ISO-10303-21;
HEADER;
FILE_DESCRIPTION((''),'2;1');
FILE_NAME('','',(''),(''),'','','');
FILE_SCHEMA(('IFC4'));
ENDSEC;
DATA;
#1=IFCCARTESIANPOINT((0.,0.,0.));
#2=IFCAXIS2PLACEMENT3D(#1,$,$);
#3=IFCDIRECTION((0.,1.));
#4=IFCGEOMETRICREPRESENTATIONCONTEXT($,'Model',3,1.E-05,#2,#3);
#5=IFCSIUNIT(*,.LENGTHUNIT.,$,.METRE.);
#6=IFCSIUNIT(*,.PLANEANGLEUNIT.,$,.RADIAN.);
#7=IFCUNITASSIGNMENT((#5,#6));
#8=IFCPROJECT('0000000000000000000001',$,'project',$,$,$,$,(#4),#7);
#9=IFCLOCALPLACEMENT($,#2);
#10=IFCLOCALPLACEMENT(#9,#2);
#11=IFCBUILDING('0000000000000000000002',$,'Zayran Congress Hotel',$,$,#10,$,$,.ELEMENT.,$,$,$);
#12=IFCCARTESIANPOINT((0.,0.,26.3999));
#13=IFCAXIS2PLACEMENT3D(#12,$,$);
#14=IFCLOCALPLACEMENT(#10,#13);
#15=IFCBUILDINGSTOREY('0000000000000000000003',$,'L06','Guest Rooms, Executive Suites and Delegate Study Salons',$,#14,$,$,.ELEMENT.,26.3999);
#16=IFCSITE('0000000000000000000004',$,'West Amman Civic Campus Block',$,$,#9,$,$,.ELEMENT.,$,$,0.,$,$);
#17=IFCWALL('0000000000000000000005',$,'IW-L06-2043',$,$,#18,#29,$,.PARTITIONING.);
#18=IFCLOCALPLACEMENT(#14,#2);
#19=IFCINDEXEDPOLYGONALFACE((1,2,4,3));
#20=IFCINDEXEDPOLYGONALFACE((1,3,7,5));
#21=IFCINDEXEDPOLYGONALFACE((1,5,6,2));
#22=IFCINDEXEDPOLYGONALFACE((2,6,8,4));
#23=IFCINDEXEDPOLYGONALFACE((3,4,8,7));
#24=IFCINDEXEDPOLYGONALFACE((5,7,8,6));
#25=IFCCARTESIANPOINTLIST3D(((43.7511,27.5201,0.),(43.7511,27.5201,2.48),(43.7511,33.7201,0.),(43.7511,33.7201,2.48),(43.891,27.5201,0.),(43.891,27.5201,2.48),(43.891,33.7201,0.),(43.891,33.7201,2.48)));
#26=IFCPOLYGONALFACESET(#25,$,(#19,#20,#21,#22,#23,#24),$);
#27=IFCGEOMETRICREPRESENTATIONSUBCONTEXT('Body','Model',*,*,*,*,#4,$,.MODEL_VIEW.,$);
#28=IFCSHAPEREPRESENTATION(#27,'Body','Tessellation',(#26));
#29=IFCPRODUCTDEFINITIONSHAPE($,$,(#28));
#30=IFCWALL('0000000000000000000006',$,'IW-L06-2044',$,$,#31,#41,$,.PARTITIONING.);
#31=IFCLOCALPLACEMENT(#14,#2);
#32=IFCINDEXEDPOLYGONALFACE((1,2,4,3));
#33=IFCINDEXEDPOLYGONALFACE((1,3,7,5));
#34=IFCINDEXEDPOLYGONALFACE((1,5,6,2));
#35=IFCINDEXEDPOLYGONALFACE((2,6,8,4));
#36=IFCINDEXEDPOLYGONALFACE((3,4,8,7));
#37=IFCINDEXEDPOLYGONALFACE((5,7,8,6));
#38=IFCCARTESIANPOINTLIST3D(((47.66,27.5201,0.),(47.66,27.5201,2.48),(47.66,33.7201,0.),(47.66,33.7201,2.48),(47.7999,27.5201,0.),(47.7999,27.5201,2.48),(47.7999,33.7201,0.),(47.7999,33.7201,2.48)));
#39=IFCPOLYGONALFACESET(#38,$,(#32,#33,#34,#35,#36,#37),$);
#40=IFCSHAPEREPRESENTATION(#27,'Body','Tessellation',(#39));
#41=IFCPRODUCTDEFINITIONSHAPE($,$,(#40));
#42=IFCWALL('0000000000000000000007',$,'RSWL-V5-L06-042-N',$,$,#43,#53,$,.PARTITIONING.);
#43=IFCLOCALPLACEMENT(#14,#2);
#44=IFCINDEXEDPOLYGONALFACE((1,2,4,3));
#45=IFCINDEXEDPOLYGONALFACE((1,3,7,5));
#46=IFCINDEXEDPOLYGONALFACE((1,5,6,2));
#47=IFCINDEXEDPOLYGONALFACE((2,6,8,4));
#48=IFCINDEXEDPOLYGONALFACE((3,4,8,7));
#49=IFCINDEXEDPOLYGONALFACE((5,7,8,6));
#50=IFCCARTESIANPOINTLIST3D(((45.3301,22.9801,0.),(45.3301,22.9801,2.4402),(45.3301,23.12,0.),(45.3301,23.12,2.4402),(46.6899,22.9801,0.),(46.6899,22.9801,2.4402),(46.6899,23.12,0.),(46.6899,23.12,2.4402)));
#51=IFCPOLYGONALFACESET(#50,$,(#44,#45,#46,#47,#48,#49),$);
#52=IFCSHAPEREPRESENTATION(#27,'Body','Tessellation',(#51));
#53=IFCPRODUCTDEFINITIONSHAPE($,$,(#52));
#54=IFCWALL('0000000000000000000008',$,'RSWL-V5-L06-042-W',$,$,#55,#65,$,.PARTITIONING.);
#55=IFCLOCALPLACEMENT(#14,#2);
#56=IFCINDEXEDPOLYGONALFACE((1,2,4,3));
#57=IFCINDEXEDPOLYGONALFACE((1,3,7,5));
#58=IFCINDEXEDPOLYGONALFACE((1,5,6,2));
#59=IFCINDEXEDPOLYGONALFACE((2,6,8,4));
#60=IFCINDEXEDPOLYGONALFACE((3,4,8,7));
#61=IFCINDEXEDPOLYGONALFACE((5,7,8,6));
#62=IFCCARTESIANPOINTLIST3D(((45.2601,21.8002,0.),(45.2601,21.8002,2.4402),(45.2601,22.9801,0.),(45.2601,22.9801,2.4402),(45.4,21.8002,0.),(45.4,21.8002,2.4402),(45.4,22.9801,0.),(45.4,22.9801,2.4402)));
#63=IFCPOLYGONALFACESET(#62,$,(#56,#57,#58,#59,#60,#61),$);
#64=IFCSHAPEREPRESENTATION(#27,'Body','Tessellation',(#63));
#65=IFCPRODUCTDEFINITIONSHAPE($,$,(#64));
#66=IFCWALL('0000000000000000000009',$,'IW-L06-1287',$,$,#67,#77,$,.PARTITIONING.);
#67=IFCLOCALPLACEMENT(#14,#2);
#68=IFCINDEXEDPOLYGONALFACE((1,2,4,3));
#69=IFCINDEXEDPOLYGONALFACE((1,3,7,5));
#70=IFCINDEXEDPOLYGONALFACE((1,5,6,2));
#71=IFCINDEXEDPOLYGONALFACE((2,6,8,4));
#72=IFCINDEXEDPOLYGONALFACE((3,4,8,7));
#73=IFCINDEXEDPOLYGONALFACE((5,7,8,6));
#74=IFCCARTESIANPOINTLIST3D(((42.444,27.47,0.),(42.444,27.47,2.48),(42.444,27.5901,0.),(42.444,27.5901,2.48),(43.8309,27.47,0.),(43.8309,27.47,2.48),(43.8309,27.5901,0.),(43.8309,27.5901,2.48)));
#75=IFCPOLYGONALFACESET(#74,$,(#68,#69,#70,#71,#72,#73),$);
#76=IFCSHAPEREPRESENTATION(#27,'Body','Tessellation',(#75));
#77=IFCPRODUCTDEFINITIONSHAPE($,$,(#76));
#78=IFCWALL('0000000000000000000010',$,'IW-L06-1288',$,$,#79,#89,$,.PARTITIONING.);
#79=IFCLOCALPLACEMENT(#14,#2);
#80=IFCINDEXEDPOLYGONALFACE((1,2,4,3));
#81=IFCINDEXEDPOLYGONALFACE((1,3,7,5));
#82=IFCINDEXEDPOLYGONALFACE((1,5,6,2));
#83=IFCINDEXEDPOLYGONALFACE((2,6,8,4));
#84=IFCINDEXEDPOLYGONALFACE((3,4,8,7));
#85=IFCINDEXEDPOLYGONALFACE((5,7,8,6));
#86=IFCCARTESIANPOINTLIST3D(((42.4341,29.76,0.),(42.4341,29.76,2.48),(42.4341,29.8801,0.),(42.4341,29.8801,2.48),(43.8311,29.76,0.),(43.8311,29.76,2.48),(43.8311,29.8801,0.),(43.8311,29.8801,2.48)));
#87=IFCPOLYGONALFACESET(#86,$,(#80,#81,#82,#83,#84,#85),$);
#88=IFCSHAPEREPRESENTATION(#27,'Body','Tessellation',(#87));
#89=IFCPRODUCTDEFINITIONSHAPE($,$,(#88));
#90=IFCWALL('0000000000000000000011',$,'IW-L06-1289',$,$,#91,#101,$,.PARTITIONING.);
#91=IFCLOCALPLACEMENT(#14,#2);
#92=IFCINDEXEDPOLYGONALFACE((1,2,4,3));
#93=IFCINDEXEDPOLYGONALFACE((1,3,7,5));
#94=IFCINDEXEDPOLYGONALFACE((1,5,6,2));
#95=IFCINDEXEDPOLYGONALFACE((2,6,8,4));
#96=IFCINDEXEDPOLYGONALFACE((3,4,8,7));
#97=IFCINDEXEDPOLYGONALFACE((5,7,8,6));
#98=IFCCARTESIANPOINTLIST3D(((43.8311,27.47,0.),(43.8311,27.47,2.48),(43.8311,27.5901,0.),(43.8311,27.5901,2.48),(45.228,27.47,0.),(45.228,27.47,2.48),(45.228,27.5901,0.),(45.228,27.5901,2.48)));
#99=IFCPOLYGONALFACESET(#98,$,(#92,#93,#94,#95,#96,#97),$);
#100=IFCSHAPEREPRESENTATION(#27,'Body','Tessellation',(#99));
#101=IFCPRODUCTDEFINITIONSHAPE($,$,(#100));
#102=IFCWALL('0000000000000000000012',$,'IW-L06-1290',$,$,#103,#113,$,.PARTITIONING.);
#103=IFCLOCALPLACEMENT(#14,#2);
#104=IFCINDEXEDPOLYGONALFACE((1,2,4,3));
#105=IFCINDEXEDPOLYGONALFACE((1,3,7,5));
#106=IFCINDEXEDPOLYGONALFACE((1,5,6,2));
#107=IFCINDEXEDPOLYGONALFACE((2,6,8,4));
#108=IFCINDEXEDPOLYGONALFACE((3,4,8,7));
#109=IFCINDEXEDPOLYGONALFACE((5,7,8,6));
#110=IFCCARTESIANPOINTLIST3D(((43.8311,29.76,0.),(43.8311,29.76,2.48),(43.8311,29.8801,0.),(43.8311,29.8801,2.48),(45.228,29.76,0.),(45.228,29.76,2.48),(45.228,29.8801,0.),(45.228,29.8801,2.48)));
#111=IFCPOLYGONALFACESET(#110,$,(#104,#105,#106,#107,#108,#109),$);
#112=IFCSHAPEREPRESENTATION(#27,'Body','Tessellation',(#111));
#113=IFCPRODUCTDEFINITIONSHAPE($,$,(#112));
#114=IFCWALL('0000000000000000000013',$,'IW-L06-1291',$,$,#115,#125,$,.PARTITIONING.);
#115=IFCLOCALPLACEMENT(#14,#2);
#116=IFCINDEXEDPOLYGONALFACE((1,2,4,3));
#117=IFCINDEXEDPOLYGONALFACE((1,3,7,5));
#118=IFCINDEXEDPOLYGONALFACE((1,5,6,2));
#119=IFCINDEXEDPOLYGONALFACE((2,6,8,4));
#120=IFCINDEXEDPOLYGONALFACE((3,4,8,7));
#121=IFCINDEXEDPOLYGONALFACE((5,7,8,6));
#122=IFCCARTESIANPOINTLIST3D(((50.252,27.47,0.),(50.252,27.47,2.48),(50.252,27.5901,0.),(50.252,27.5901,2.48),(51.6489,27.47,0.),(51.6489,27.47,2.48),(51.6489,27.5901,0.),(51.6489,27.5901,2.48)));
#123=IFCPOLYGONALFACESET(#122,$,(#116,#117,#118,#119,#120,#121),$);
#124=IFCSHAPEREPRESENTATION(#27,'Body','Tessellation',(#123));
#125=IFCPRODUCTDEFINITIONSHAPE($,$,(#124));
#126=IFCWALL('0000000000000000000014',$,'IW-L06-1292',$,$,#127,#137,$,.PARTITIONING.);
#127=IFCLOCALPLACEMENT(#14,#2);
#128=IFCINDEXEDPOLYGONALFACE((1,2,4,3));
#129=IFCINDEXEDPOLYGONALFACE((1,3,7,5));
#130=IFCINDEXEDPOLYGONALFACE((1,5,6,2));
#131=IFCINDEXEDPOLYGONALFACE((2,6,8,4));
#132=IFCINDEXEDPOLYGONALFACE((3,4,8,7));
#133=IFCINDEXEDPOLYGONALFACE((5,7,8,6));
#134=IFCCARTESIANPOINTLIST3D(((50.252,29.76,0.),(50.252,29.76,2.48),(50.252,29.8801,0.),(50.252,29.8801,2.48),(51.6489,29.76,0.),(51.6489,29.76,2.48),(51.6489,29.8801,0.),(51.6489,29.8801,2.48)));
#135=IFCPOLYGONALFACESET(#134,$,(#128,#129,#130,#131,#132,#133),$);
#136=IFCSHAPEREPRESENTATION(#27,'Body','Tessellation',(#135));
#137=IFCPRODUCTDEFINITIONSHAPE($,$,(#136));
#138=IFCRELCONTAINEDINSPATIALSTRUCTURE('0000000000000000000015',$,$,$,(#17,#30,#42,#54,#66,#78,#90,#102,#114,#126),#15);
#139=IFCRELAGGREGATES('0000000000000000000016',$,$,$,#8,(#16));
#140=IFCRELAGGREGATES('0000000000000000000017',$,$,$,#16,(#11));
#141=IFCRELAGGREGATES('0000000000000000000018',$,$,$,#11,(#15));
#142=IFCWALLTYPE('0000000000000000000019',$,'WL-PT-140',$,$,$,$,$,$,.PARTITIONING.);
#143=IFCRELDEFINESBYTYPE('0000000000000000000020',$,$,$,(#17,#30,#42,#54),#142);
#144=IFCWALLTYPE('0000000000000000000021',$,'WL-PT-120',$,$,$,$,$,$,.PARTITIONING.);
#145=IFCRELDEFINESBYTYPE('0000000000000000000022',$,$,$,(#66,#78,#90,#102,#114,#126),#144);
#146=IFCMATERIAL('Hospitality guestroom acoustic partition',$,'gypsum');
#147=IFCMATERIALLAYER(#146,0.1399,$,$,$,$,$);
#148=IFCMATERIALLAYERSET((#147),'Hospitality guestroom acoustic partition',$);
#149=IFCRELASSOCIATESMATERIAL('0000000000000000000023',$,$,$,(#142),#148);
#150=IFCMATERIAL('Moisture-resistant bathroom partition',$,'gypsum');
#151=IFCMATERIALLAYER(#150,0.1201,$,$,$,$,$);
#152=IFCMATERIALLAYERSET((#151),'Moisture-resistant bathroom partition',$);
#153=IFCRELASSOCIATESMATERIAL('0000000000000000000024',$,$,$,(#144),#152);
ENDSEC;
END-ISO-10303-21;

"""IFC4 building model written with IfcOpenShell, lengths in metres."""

from ifc_helpers import new_model, si_unit, direction, frame, frame_2d, origin, place, context, subcontext, project, spatial, rectangle, extrude, material, layer, layer_set, type_object, element, save


model = new_model("IFC4")

# Units and contexts
model_context = context("Model", 3, precision=1e-05, world=origin(), true_north=direction((0.0, 1.0)))
body_context = subcontext(model_context, "Body", "Model", "MODEL_VIEW")
ifc_project = project(units=[si_unit("LENGTHUNIT", "METRE"), si_unit("PLANEANGLEUNIT", "RADIAN")], contexts=[model_context])

# Site, building, storey
site_placement = place(None, origin())
site = spatial("IfcSite", under=ifc_project, at=site_placement, Name="West Amman Civic Campus Block", CompositionType="ELEMENT", RefElevation=0.0)
building_placement = place(site_placement, origin())
building = spatial("IfcBuilding", under=site, at=building_placement, Name="Zayran Congress Hotel", CompositionType="ELEMENT")
storey_placement = place(building_placement, frame((0.0, 0.0, 26.3999)))
storey = spatial("IfcBuildingStorey", under=building, at=storey_placement, Name="L06", Description="Guest Rooms, Executive Suites and Delegate Study Salons", CompositionType="ELEMENT", Elevation=26.3999)

# Shared definitions
ifc_material_1 = material(Name="Hospitality guestroom acoustic partition", Category="gypsum")
ifc_layer_1 = layer(ifc_material_1, 0.1399)
ifc_layer_set_1 = layer_set([ifc_layer_1], Name="Hospitality guestroom acoustic partition")
wall_type_1 = type_object("IfcWallType", Name="WL-PT-140", PredefinedType="PARTITIONING", material=ifc_layer_set_1)

# Walls
for number, where, z_axis, x_axis, name in (
    (1, (43.821, 27.52, 0.0), (0.0, 0.0, 1.0), (0.0, 1.0, 0.0), "IW-L06-2043"),
    (2, (47.73, 27.52, 0.0), (0.0, 0.0, 1.0), (0.0, 1.0, 0.0), "IW-L06-2044"),
):
    element("IfcWall", number, at=place(storey_placement, frame(where, z_axis=z_axis, x_axis=x_axis)), inside=storey, type_object=wall_type_1, Name=name, PredefinedType="PARTITIONING", context=body_context, shape_type="SweptSolid", body=[
        extrude(rectangle(XDim=6.2, YDim=0.1399, at=frame_2d((3.1001, 0.0))), origin(), (0.0, 0.0, 1.0), 2.48),
    ])
wall_1_placement = place(storey_placement, frame((46.6899, 23.05, 0.0), z_axis=(0.0, 0.0, 1.0), x_axis=(-1.0, 0.0, 0.0)))
element("IfcWall", 3, at=wall_1_placement, inside=storey, type_object=wall_type_1, Name="RSWL-V5-L06-042-N", PredefinedType="PARTITIONING", context=body_context, shape_type="SweptSolid", body=[
    extrude(rectangle(XDim=1.3599, YDim=0.1399, at=frame_2d((0.6799, 0.0))), origin(), (0.0, 0.0, 1.0), 2.4402),
])
wall_2_placement = place(storey_placement, frame((45.3301, 22.98, 0.0), z_axis=(0.0, 0.0, 1.0), x_axis=(0.0, -1.0, 0.0)))
element("IfcWall", 4, at=wall_2_placement, inside=storey, type_object=wall_type_1, Name="RSWL-V5-L06-042-W", PredefinedType="PARTITIONING", context=body_context, shape_type="SweptSolid", body=[
    extrude(rectangle(XDim=1.1799, YDim=0.1399, at=frame_2d((0.5898, 0.0))), origin(), (0.0, 0.0, 1.0), 2.4402),
])

# Shared definitions
ifc_material_2 = material(Name="Moisture-resistant bathroom partition", Category="gypsum")
ifc_layer_2 = layer(ifc_material_2, 0.1201)
ifc_layer_set_2 = layer_set([ifc_layer_2], Name="Moisture-resistant bathroom partition")
wall_type_2 = type_object("IfcWallType", Name="WL-PT-120", PredefinedType="PARTITIONING", material=ifc_layer_set_2)

# Walls
wall_3_placement = place(storey_placement, frame((42.4441, 27.53, 0.0), z_axis=(0.0, 0.0, 1.0), x_axis=(1.0, 0.0, 0.0)))
element("IfcWall", 5, at=wall_3_placement, inside=storey, type_object=wall_type_2, Name="IW-L06-1287", PredefinedType="PARTITIONING", context=body_context, shape_type="SweptSolid", body=[
    extrude(rectangle(XDim=1.387, YDim=0.1201, at=frame_2d((0.6934, 0.0))), origin(), (0.0, 0.0, 1.0), 2.48),
])
for number, where, z_axis, x_axis, name in (
    (6, (42.4341, 29.8201, 0.0), (0.0, 0.0, 1.0), (1.0, 0.0, 0.0), "IW-L06-1288"),
    (7, (43.8311, 27.53, 0.0), (0.0, 0.0, 1.0), (1.0, 0.0, 0.0), "IW-L06-1289"),
    (8, (43.8311, 29.8201, 0.0), (0.0, 0.0, 1.0), (1.0, 0.0, 0.0), "IW-L06-1290"),
    (9, (50.252, 27.53, 0.0), (0.0, 0.0, 1.0), (1.0, 0.0, 0.0), "IW-L06-1291"),
    (10, (50.252, 29.8201, 0.0), (0.0, 0.0, 1.0), (1.0, 0.0, 0.0), "IW-L06-1292"),
):
    element("IfcWall", number, at=place(storey_placement, frame(where, z_axis=z_axis, x_axis=x_axis)), inside=storey, type_object=wall_type_2, Name=name, PredefinedType="PARTITIONING", context=body_context, shape_type="SweptSolid", body=[
        extrude(rectangle(XDim=1.397, YDim=0.1201, at=frame_2d((0.6985, 0.0))), origin(), (0.0, 0.0, 1.0), 2.48),
    ])

save(model, "model.ifc")
